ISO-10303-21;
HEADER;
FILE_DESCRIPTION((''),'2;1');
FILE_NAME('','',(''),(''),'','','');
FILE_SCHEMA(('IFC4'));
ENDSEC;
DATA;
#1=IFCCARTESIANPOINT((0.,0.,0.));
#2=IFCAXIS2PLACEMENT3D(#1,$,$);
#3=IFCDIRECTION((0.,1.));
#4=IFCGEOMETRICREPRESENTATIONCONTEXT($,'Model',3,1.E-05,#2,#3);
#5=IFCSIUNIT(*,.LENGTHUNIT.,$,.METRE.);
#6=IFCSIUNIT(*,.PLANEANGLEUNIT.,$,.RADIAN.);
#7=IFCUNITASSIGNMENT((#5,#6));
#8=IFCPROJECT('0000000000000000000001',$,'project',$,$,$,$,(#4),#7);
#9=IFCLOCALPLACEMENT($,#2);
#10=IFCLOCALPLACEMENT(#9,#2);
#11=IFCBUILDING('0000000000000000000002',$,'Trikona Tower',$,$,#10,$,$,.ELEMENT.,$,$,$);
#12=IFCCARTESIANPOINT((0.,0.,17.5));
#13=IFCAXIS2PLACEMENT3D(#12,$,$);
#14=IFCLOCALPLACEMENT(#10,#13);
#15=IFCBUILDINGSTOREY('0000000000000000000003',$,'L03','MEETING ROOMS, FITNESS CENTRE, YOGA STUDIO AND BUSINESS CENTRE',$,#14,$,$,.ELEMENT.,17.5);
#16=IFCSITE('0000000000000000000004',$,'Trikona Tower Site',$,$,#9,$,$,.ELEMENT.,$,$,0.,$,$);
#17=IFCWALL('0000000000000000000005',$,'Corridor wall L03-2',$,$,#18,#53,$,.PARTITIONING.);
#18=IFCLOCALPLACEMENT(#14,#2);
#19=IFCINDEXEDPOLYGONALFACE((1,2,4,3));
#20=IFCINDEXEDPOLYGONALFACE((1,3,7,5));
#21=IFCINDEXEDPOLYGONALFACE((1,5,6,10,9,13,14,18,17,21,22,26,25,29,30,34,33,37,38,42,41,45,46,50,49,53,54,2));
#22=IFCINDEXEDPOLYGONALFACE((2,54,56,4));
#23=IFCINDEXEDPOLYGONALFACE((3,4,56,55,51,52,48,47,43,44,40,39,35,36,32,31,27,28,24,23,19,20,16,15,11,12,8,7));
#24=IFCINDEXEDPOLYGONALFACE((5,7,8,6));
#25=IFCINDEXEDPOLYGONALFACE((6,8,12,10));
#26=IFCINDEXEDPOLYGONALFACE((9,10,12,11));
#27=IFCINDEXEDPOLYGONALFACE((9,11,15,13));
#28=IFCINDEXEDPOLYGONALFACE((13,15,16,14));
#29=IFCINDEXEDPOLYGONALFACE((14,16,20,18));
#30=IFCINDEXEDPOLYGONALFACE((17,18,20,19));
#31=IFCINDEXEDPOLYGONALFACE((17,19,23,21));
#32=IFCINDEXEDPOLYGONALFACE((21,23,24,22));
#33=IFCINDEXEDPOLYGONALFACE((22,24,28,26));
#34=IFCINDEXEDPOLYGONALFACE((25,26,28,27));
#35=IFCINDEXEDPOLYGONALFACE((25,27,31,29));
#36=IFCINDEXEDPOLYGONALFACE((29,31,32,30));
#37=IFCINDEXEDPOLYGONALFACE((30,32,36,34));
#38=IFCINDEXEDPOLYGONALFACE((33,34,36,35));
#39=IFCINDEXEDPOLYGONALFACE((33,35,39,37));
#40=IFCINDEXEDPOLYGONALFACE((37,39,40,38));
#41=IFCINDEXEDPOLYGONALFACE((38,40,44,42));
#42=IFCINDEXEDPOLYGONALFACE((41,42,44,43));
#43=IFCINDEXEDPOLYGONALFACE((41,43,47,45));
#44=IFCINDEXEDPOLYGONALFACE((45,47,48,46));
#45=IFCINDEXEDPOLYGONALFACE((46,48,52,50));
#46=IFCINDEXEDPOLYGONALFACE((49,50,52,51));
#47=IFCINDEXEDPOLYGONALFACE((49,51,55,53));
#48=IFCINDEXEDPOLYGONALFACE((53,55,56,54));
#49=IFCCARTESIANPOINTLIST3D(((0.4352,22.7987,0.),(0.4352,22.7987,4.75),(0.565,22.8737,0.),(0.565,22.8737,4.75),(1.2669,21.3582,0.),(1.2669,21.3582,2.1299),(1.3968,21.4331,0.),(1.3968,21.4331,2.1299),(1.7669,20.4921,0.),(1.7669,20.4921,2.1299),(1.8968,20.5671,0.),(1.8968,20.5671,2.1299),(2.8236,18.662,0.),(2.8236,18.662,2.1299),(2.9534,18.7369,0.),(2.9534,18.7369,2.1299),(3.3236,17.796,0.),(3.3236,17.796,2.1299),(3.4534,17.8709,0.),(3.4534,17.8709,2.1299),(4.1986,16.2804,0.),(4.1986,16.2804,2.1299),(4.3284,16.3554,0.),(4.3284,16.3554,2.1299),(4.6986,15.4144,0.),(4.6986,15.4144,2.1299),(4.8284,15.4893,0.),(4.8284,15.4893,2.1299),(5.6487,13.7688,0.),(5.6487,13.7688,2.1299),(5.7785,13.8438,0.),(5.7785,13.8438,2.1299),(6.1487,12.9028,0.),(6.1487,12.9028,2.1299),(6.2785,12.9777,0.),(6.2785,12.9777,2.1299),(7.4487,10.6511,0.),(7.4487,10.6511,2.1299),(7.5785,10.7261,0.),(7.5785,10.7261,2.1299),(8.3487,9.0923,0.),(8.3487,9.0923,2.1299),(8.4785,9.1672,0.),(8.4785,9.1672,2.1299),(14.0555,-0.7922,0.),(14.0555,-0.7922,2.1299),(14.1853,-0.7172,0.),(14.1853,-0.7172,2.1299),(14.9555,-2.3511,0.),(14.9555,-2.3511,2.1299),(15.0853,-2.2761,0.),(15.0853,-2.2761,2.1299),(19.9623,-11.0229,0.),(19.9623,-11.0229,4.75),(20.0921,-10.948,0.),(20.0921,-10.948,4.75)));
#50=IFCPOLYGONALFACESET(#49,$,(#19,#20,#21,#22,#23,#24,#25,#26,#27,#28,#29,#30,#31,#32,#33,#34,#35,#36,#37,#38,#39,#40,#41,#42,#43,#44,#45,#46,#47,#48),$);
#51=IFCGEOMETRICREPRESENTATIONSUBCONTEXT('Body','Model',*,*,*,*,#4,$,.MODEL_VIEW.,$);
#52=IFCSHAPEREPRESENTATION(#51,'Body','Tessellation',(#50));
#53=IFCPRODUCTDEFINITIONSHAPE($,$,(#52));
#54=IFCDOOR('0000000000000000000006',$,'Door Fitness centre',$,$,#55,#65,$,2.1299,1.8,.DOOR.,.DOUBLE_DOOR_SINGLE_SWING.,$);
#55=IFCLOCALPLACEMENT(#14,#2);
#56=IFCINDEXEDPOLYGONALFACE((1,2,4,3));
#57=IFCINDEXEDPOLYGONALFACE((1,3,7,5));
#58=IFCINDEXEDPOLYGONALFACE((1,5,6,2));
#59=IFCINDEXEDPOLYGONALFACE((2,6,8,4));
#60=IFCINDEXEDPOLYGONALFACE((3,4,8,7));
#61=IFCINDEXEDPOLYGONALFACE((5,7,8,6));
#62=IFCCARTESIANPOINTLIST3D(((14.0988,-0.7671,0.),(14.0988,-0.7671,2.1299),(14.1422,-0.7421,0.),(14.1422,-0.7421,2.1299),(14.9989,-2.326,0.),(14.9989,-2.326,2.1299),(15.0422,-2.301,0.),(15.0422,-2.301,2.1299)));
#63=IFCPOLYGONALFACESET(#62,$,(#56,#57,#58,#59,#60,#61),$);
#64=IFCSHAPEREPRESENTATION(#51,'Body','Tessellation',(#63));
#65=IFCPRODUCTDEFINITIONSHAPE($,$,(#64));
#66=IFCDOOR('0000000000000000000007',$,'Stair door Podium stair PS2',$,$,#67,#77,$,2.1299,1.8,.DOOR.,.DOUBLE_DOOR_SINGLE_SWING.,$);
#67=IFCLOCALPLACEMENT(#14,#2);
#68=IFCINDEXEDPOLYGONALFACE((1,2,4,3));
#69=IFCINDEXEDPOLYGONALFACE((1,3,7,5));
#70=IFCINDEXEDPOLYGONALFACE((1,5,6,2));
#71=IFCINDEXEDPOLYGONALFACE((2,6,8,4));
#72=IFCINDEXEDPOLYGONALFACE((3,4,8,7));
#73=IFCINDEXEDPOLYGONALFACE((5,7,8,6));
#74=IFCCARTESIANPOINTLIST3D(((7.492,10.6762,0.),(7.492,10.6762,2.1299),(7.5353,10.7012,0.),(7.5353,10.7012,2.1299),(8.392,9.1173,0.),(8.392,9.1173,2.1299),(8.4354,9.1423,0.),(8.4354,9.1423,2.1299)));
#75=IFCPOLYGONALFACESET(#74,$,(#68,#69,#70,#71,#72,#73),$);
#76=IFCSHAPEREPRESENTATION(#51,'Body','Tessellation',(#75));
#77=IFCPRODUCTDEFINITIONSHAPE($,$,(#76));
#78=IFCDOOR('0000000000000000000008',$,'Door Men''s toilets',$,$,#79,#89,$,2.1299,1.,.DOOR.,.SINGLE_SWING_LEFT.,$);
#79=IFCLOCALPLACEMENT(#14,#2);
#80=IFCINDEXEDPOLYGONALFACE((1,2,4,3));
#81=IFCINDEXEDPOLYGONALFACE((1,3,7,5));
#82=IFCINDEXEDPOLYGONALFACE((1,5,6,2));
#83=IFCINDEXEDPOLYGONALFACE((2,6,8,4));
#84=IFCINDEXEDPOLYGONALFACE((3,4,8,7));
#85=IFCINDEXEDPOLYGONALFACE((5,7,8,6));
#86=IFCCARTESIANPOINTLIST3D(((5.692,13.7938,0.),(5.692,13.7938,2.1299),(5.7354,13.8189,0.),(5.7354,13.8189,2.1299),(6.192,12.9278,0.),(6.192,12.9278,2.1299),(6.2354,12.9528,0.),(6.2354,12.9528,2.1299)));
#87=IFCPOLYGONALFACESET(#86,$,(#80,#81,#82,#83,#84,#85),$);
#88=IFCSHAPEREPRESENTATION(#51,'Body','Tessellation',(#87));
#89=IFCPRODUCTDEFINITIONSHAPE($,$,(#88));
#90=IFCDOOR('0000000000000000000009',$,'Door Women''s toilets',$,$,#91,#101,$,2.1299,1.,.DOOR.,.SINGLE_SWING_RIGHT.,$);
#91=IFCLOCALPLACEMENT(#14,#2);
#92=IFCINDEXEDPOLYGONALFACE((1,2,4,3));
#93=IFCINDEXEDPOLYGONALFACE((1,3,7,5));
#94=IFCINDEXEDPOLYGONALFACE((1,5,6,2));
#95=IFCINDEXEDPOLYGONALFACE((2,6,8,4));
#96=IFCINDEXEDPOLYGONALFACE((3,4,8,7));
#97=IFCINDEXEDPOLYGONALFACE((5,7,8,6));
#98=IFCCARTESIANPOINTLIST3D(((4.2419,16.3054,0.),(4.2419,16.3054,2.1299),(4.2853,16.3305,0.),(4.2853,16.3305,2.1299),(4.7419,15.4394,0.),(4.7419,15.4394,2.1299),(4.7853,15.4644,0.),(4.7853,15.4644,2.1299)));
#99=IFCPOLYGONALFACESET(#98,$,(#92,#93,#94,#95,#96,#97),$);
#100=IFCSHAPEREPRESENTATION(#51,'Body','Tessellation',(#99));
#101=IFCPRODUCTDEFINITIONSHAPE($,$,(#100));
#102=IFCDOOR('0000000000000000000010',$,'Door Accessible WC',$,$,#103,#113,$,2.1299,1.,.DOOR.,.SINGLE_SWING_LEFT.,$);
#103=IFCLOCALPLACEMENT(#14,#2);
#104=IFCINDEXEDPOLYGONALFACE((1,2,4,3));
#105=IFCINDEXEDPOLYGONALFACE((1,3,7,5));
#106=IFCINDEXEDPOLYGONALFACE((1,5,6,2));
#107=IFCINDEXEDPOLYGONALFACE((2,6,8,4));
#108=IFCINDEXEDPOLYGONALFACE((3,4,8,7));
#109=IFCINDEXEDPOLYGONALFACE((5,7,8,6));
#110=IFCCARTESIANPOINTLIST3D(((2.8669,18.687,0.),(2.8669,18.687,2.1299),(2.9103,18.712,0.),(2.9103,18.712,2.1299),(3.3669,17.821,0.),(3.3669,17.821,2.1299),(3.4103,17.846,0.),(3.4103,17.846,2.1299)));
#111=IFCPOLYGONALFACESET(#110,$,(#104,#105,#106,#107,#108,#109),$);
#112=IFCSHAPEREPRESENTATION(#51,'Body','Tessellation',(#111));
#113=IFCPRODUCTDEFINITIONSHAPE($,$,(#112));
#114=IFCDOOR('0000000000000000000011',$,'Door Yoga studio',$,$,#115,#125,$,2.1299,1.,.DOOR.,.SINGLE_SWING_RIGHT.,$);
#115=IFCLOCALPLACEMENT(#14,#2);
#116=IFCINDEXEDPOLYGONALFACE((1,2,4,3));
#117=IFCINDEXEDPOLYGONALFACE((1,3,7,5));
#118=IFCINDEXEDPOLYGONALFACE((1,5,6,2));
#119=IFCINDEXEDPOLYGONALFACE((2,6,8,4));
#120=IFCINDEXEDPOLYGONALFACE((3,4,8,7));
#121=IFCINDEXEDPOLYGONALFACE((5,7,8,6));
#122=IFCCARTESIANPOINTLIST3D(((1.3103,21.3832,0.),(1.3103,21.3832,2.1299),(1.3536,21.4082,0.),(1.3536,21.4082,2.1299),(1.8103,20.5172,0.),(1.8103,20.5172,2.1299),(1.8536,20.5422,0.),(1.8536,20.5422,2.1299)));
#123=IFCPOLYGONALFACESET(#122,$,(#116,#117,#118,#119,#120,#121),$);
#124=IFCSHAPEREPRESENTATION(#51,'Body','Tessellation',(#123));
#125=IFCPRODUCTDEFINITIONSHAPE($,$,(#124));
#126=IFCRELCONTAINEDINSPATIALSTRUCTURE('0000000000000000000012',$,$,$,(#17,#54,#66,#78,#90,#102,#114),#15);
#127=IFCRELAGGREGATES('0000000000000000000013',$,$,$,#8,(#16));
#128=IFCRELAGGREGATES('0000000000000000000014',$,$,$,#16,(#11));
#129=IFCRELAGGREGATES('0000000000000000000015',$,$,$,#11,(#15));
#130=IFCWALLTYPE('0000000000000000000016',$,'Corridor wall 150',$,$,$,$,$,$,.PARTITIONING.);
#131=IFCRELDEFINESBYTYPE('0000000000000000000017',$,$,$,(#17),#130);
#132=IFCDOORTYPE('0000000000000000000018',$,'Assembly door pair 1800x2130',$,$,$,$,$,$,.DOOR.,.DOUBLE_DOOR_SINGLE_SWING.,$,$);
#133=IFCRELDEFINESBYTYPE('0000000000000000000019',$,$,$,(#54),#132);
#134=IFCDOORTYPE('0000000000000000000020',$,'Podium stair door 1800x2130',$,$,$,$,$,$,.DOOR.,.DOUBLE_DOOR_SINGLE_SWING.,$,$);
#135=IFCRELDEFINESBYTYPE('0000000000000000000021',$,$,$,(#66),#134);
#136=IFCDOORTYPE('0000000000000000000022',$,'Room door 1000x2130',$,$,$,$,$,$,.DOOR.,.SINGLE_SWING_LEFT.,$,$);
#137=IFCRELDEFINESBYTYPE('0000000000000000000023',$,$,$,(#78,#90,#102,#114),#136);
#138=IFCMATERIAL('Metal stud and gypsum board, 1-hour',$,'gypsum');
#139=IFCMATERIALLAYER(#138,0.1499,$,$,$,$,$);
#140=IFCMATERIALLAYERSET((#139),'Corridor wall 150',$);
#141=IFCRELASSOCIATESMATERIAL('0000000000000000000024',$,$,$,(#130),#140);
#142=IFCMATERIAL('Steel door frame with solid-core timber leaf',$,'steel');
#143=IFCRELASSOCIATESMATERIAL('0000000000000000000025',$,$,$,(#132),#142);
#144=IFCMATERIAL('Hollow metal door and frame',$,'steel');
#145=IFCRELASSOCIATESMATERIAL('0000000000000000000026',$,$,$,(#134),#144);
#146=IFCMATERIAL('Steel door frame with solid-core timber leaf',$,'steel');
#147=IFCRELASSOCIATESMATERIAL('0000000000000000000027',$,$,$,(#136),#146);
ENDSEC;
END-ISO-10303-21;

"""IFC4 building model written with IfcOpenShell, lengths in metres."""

from ifc_helpers import new_model, si_unit, direction, frame, frame_2d, origin, place, context, subcontext, project, spatial, rectangle, extrude, material, layer, layer_set, type_object, element, fill, save


model = new_model("IFC4")

# Units and contexts
model_context = context("Model", 3, precision=1e-05, world=origin(), true_north=direction((0.0, 1.0)))
body_context = subcontext(model_context, "Body", "Model", "MODEL_VIEW")
ifc_project = project(units=[si_unit("LENGTHUNIT", "METRE"), si_unit("PLANEANGLEUNIT", "RADIAN")], contexts=[model_context])

# Site, building, storey
site_placement = place(None, origin())
site = spatial("IfcSite", under=ifc_project, at=site_placement, Name="Trikona Tower Site", CompositionType="ELEMENT", RefElevation=0.0)
building_placement = place(site_placement, origin())
building = spatial("IfcBuilding", under=site, at=building_placement, Name="Trikona Tower", CompositionType="ELEMENT")
storey_placement = place(building_placement, frame((0.0, 0.0, 17.5)))
storey = spatial("IfcBuildingStorey", under=building, at=storey_placement, Name="L03", Description="MEETING ROOMS, FITNESS CENTRE, YOGA STUDIO AND BUSINESS CENTRE", CompositionType="ELEMENT", Elevation=17.5)

# Wall, openings, doors
ifc_material_1 = material(Name="Metal stud and gypsum board, 1-hour", Category="gypsum")
ifc_layer_1 = layer(ifc_material_1, 0.1499)
ifc_layer_set_1 = layer_set([ifc_layer_1], Name="Corridor wall 150")
wall_type_1 = type_object("IfcWallType", Name="Corridor wall 150", PredefinedType="PARTITIONING", material=ifc_layer_set_1)
wall_1_placement = place(storey_placement, frame((20.0271, -10.9854, 0.0), z_axis=(0.0, 0.0, 1.0), x_axis=(-0.500002, 0.866024, 0.0)))
wall_1 = element("IfcWall", 1, at=wall_1_placement, inside=storey, type_object=wall_type_1, Name="Corridor wall L03-2", PredefinedType="PARTITIONING", context=body_context, shape_type="SweptSolid", body=[
    extrude(rectangle(XDim=39.054, YDim=0.1499, at=frame_2d((19.5269, 0.0))), origin(), (0.0, 0.0, 1.0), 4.75),
])
opening_1_placement = place(wall_1_placement, frame((10.0134, 0.0, 0.0)))
opening_1 = element("IfcOpeningElement", 2, at=opening_1_placement, cuts=wall_1, PredefinedType="OPENING", context=body_context, shape_type="SweptSolid", body=[
    extrude(rectangle(XDim=1.8, YDim=2.1299, at=frame_2d((0.8999, 1.0649))), frame((0.0, 0.085, 0.0), z_axis=(0.0, -1.0, 0.0), x_axis=(1.0, 0.0, 0.0)), (0.0, 0.0, 1.0), 0.1699),
])
opening_2_placement = place(wall_1_placement, frame((23.2271, 0.0, 0.0)))
opening_2 = element("IfcOpeningElement", 3, at=opening_2_placement, cuts=wall_1, PredefinedType="OPENING", context=body_context, shape_type="SweptSolid", body=[
    extrude(rectangle(XDim=1.8, YDim=2.1299, at=frame_2d((0.8999, 1.0649))), frame((0.0, 0.085, 0.0), z_axis=(0.0, -1.0, 0.0), x_axis=(1.0, 0.0, 0.0)), (0.0, 0.0, 1.0), 0.1699),
])
opening_3_placement = place(wall_1_placement, frame((27.627, 0.0, 0.0)))
opening_3 = element("IfcOpeningElement", 4, at=opening_3_placement, cuts=wall_1, PredefinedType="OPENING", context=body_context, shape_type="SweptSolid", body=[
    extrude(rectangle(XDim=1.0, YDim=2.1299, at=frame_2d((0.5, 1.0649))), frame((0.0, 0.085, 0.0), z_axis=(0.0, -1.0, 0.0), x_axis=(1.0, 0.0, 0.0)), (0.0, 0.0, 1.0), 0.1699),
])
opening_4_placement = place(wall_1_placement, frame((30.5271, 0.0, 0.0)))
opening_4 = element("IfcOpeningElement", 5, at=opening_4_placement, cuts=wall_1, PredefinedType="OPENING", context=body_context, shape_type="SweptSolid", body=[
    extrude(rectangle(XDim=1.0, YDim=2.1299, at=frame_2d((0.5, 1.0649))), frame((0.0, 0.085, 0.0), z_axis=(0.0, -1.0, 0.0), x_axis=(1.0, 0.0, 0.0)), (0.0, 0.0, 1.0), 0.1699),
])
opening_5_placement = place(wall_1_placement, frame((33.2771, 0.0, 0.0)))
opening_5 = element("IfcOpeningElement", 6, at=opening_5_placement, cuts=wall_1, PredefinedType="OPENING", context=body_context, shape_type="SweptSolid", body=[
    extrude(rectangle(XDim=1.0, YDim=2.1299, at=frame_2d((0.5, 1.0649))), frame((0.0, 0.085, 0.0), z_axis=(0.0, -1.0, 0.0), x_axis=(1.0, 0.0, 0.0)), (0.0, 0.0, 1.0), 0.1699),
])
opening_6_placement = place(wall_1_placement, frame((36.3904, 0.0, 0.0)))
opening_6 = element("IfcOpeningElement", 7, at=opening_6_placement, cuts=wall_1, PredefinedType="OPENING", context=body_context, shape_type="SweptSolid", body=[
    extrude(rectangle(XDim=1.0, YDim=2.1299, at=frame_2d((0.5, 1.0649))), frame((0.0, 0.085, 0.0), z_axis=(0.0, -1.0, 0.0), x_axis=(1.0, 0.0, 0.0)), (0.0, 0.0, 1.0), 0.1699),
])
ifc_material_2 = material(Name="Steel door frame with solid-core timber leaf", Category="steel")
door_type_1 = type_object("IfcDoorType", Name="Assembly door pair 1800x2130", OperationType="DOUBLE_DOOR_SINGLE_SWING", PredefinedType="DOOR", material=ifc_material_2)
door_1_placement = place(opening_1_placement, origin())
door_1 = element("IfcDoor", 8, at=door_1_placement, inside=storey, type_object=door_type_1, Name="Door Fitness centre", OperationType="DOUBLE_DOOR_SINGLE_SWING", OverallHeight=2.1299, OverallWidth=1.8, PredefinedType="DOOR", context=body_context, shape_type="SweptSolid", body=[
    extrude(rectangle(XDim=1.8, YDim=2.1299, at=frame_2d((0.8999, 1.0649))), frame((0.0, 0.0249, 0.0), z_axis=(0.0, -1.0, 0.0), x_axis=(1.0, 0.0, 0.0)), (0.0, 0.0, 1.0), 0.05),
])
fill(opening_1, door_1)
ifc_material_3 = material(Name="Hollow metal door and frame", Category="steel")
door_type_2 = type_object("IfcDoorType", Name="Podium stair door 1800x2130", OperationType="DOUBLE_DOOR_SINGLE_SWING", PredefinedType="DOOR", material=ifc_material_3)
door_2_placement = place(opening_2_placement, origin())
door_2 = element("IfcDoor", 9, at=door_2_placement, inside=storey, type_object=door_type_2, Name="Stair door Podium stair PS2", OperationType="DOUBLE_DOOR_SINGLE_SWING", OverallHeight=2.1299, OverallWidth=1.8, PredefinedType="DOOR", context=body_context, shape_type="SweptSolid", body=[
    extrude(rectangle(XDim=1.8, YDim=2.1299, at=frame_2d((0.8999, 1.0649))), frame((0.0, 0.0249, 0.0), z_axis=(0.0, -1.0, 0.0), x_axis=(1.0, 0.0, 0.0)), (0.0, 0.0, 1.0), 0.05),
])
fill(opening_2, door_2)
ifc_material_4 = material(Name="Steel door frame with solid-core timber leaf", Category="steel")
door_type_3 = type_object("IfcDoorType", Name="Room door 1000x2130", OperationType="SINGLE_SWING_LEFT", PredefinedType="DOOR", material=ifc_material_4)
door_3_placement = place(opening_3_placement, origin())
door_3 = element("IfcDoor", 10, at=door_3_placement, inside=storey, type_object=door_type_3, Name="Door Men's toilets", OperationType="SINGLE_SWING_LEFT", OverallHeight=2.1299, OverallWidth=1.0, PredefinedType="DOOR", context=body_context, shape_type="SweptSolid", body=[
    extrude(rectangle(XDim=1.0, YDim=2.1299, at=frame_2d((0.5, 1.0649))), frame((0.0, 0.0249, 0.0), z_axis=(0.0, -1.0, 0.0), x_axis=(1.0, 0.0, 0.0)), (0.0, 0.0, 1.0), 0.05),
])
fill(opening_3, door_3)
door_4_placement = place(opening_4_placement, origin())
door_4 = element("IfcDoor", 11, at=door_4_placement, inside=storey, type_object=door_type_3, Name="Door Women's toilets", OperationType="SINGLE_SWING_RIGHT", OverallHeight=2.1299, OverallWidth=1.0, PredefinedType="DOOR", context=body_context, shape_type="SweptSolid", body=[
    extrude(rectangle(XDim=1.0, YDim=2.1299, at=frame_2d((0.5, 1.0649))), frame((0.0, 0.0249, 0.0), z_axis=(0.0, -1.0, 0.0), x_axis=(1.0, 0.0, 0.0)), (0.0, 0.0, 1.0), 0.05),
])
fill(opening_4, door_4)
door_5_placement = place(opening_5_placement, origin())
door_5 = element("IfcDoor", 12, at=door_5_placement, inside=storey, type_object=door_type_3, Name="Door Accessible WC", OperationType="SINGLE_SWING_LEFT", OverallHeight=2.1299, OverallWidth=1.0, PredefinedType="DOOR", context=body_context, shape_type="SweptSolid", body=[
    extrude(rectangle(XDim=1.0, YDim=2.1299, at=frame_2d((0.5, 1.0649))), frame((0.0, 0.0249, 0.0), z_axis=(0.0, -1.0, 0.0), x_axis=(1.0, 0.0, 0.0)), (0.0, 0.0, 1.0), 0.05),
])
fill(opening_5, door_5)
door_6_placement = place(opening_6_placement, origin())
door_6 = element("IfcDoor", 13, at=door_6_placement, inside=storey, type_object=door_type_3, Name="Door Yoga studio", OperationType="SINGLE_SWING_RIGHT", OverallHeight=2.1299, OverallWidth=1.0, PredefinedType="DOOR", context=body_context, shape_type="SweptSolid", body=[
    extrude(rectangle(XDim=1.0, YDim=2.1299, at=frame_2d((0.5, 1.0649))), frame((0.0, 0.0249, 0.0), z_axis=(0.0, -1.0, 0.0), x_axis=(1.0, 0.0, 0.0)), (0.0, 0.0, 1.0), 0.05),
])
fill(opening_6, door_6)

save(model, "model.ifc")
